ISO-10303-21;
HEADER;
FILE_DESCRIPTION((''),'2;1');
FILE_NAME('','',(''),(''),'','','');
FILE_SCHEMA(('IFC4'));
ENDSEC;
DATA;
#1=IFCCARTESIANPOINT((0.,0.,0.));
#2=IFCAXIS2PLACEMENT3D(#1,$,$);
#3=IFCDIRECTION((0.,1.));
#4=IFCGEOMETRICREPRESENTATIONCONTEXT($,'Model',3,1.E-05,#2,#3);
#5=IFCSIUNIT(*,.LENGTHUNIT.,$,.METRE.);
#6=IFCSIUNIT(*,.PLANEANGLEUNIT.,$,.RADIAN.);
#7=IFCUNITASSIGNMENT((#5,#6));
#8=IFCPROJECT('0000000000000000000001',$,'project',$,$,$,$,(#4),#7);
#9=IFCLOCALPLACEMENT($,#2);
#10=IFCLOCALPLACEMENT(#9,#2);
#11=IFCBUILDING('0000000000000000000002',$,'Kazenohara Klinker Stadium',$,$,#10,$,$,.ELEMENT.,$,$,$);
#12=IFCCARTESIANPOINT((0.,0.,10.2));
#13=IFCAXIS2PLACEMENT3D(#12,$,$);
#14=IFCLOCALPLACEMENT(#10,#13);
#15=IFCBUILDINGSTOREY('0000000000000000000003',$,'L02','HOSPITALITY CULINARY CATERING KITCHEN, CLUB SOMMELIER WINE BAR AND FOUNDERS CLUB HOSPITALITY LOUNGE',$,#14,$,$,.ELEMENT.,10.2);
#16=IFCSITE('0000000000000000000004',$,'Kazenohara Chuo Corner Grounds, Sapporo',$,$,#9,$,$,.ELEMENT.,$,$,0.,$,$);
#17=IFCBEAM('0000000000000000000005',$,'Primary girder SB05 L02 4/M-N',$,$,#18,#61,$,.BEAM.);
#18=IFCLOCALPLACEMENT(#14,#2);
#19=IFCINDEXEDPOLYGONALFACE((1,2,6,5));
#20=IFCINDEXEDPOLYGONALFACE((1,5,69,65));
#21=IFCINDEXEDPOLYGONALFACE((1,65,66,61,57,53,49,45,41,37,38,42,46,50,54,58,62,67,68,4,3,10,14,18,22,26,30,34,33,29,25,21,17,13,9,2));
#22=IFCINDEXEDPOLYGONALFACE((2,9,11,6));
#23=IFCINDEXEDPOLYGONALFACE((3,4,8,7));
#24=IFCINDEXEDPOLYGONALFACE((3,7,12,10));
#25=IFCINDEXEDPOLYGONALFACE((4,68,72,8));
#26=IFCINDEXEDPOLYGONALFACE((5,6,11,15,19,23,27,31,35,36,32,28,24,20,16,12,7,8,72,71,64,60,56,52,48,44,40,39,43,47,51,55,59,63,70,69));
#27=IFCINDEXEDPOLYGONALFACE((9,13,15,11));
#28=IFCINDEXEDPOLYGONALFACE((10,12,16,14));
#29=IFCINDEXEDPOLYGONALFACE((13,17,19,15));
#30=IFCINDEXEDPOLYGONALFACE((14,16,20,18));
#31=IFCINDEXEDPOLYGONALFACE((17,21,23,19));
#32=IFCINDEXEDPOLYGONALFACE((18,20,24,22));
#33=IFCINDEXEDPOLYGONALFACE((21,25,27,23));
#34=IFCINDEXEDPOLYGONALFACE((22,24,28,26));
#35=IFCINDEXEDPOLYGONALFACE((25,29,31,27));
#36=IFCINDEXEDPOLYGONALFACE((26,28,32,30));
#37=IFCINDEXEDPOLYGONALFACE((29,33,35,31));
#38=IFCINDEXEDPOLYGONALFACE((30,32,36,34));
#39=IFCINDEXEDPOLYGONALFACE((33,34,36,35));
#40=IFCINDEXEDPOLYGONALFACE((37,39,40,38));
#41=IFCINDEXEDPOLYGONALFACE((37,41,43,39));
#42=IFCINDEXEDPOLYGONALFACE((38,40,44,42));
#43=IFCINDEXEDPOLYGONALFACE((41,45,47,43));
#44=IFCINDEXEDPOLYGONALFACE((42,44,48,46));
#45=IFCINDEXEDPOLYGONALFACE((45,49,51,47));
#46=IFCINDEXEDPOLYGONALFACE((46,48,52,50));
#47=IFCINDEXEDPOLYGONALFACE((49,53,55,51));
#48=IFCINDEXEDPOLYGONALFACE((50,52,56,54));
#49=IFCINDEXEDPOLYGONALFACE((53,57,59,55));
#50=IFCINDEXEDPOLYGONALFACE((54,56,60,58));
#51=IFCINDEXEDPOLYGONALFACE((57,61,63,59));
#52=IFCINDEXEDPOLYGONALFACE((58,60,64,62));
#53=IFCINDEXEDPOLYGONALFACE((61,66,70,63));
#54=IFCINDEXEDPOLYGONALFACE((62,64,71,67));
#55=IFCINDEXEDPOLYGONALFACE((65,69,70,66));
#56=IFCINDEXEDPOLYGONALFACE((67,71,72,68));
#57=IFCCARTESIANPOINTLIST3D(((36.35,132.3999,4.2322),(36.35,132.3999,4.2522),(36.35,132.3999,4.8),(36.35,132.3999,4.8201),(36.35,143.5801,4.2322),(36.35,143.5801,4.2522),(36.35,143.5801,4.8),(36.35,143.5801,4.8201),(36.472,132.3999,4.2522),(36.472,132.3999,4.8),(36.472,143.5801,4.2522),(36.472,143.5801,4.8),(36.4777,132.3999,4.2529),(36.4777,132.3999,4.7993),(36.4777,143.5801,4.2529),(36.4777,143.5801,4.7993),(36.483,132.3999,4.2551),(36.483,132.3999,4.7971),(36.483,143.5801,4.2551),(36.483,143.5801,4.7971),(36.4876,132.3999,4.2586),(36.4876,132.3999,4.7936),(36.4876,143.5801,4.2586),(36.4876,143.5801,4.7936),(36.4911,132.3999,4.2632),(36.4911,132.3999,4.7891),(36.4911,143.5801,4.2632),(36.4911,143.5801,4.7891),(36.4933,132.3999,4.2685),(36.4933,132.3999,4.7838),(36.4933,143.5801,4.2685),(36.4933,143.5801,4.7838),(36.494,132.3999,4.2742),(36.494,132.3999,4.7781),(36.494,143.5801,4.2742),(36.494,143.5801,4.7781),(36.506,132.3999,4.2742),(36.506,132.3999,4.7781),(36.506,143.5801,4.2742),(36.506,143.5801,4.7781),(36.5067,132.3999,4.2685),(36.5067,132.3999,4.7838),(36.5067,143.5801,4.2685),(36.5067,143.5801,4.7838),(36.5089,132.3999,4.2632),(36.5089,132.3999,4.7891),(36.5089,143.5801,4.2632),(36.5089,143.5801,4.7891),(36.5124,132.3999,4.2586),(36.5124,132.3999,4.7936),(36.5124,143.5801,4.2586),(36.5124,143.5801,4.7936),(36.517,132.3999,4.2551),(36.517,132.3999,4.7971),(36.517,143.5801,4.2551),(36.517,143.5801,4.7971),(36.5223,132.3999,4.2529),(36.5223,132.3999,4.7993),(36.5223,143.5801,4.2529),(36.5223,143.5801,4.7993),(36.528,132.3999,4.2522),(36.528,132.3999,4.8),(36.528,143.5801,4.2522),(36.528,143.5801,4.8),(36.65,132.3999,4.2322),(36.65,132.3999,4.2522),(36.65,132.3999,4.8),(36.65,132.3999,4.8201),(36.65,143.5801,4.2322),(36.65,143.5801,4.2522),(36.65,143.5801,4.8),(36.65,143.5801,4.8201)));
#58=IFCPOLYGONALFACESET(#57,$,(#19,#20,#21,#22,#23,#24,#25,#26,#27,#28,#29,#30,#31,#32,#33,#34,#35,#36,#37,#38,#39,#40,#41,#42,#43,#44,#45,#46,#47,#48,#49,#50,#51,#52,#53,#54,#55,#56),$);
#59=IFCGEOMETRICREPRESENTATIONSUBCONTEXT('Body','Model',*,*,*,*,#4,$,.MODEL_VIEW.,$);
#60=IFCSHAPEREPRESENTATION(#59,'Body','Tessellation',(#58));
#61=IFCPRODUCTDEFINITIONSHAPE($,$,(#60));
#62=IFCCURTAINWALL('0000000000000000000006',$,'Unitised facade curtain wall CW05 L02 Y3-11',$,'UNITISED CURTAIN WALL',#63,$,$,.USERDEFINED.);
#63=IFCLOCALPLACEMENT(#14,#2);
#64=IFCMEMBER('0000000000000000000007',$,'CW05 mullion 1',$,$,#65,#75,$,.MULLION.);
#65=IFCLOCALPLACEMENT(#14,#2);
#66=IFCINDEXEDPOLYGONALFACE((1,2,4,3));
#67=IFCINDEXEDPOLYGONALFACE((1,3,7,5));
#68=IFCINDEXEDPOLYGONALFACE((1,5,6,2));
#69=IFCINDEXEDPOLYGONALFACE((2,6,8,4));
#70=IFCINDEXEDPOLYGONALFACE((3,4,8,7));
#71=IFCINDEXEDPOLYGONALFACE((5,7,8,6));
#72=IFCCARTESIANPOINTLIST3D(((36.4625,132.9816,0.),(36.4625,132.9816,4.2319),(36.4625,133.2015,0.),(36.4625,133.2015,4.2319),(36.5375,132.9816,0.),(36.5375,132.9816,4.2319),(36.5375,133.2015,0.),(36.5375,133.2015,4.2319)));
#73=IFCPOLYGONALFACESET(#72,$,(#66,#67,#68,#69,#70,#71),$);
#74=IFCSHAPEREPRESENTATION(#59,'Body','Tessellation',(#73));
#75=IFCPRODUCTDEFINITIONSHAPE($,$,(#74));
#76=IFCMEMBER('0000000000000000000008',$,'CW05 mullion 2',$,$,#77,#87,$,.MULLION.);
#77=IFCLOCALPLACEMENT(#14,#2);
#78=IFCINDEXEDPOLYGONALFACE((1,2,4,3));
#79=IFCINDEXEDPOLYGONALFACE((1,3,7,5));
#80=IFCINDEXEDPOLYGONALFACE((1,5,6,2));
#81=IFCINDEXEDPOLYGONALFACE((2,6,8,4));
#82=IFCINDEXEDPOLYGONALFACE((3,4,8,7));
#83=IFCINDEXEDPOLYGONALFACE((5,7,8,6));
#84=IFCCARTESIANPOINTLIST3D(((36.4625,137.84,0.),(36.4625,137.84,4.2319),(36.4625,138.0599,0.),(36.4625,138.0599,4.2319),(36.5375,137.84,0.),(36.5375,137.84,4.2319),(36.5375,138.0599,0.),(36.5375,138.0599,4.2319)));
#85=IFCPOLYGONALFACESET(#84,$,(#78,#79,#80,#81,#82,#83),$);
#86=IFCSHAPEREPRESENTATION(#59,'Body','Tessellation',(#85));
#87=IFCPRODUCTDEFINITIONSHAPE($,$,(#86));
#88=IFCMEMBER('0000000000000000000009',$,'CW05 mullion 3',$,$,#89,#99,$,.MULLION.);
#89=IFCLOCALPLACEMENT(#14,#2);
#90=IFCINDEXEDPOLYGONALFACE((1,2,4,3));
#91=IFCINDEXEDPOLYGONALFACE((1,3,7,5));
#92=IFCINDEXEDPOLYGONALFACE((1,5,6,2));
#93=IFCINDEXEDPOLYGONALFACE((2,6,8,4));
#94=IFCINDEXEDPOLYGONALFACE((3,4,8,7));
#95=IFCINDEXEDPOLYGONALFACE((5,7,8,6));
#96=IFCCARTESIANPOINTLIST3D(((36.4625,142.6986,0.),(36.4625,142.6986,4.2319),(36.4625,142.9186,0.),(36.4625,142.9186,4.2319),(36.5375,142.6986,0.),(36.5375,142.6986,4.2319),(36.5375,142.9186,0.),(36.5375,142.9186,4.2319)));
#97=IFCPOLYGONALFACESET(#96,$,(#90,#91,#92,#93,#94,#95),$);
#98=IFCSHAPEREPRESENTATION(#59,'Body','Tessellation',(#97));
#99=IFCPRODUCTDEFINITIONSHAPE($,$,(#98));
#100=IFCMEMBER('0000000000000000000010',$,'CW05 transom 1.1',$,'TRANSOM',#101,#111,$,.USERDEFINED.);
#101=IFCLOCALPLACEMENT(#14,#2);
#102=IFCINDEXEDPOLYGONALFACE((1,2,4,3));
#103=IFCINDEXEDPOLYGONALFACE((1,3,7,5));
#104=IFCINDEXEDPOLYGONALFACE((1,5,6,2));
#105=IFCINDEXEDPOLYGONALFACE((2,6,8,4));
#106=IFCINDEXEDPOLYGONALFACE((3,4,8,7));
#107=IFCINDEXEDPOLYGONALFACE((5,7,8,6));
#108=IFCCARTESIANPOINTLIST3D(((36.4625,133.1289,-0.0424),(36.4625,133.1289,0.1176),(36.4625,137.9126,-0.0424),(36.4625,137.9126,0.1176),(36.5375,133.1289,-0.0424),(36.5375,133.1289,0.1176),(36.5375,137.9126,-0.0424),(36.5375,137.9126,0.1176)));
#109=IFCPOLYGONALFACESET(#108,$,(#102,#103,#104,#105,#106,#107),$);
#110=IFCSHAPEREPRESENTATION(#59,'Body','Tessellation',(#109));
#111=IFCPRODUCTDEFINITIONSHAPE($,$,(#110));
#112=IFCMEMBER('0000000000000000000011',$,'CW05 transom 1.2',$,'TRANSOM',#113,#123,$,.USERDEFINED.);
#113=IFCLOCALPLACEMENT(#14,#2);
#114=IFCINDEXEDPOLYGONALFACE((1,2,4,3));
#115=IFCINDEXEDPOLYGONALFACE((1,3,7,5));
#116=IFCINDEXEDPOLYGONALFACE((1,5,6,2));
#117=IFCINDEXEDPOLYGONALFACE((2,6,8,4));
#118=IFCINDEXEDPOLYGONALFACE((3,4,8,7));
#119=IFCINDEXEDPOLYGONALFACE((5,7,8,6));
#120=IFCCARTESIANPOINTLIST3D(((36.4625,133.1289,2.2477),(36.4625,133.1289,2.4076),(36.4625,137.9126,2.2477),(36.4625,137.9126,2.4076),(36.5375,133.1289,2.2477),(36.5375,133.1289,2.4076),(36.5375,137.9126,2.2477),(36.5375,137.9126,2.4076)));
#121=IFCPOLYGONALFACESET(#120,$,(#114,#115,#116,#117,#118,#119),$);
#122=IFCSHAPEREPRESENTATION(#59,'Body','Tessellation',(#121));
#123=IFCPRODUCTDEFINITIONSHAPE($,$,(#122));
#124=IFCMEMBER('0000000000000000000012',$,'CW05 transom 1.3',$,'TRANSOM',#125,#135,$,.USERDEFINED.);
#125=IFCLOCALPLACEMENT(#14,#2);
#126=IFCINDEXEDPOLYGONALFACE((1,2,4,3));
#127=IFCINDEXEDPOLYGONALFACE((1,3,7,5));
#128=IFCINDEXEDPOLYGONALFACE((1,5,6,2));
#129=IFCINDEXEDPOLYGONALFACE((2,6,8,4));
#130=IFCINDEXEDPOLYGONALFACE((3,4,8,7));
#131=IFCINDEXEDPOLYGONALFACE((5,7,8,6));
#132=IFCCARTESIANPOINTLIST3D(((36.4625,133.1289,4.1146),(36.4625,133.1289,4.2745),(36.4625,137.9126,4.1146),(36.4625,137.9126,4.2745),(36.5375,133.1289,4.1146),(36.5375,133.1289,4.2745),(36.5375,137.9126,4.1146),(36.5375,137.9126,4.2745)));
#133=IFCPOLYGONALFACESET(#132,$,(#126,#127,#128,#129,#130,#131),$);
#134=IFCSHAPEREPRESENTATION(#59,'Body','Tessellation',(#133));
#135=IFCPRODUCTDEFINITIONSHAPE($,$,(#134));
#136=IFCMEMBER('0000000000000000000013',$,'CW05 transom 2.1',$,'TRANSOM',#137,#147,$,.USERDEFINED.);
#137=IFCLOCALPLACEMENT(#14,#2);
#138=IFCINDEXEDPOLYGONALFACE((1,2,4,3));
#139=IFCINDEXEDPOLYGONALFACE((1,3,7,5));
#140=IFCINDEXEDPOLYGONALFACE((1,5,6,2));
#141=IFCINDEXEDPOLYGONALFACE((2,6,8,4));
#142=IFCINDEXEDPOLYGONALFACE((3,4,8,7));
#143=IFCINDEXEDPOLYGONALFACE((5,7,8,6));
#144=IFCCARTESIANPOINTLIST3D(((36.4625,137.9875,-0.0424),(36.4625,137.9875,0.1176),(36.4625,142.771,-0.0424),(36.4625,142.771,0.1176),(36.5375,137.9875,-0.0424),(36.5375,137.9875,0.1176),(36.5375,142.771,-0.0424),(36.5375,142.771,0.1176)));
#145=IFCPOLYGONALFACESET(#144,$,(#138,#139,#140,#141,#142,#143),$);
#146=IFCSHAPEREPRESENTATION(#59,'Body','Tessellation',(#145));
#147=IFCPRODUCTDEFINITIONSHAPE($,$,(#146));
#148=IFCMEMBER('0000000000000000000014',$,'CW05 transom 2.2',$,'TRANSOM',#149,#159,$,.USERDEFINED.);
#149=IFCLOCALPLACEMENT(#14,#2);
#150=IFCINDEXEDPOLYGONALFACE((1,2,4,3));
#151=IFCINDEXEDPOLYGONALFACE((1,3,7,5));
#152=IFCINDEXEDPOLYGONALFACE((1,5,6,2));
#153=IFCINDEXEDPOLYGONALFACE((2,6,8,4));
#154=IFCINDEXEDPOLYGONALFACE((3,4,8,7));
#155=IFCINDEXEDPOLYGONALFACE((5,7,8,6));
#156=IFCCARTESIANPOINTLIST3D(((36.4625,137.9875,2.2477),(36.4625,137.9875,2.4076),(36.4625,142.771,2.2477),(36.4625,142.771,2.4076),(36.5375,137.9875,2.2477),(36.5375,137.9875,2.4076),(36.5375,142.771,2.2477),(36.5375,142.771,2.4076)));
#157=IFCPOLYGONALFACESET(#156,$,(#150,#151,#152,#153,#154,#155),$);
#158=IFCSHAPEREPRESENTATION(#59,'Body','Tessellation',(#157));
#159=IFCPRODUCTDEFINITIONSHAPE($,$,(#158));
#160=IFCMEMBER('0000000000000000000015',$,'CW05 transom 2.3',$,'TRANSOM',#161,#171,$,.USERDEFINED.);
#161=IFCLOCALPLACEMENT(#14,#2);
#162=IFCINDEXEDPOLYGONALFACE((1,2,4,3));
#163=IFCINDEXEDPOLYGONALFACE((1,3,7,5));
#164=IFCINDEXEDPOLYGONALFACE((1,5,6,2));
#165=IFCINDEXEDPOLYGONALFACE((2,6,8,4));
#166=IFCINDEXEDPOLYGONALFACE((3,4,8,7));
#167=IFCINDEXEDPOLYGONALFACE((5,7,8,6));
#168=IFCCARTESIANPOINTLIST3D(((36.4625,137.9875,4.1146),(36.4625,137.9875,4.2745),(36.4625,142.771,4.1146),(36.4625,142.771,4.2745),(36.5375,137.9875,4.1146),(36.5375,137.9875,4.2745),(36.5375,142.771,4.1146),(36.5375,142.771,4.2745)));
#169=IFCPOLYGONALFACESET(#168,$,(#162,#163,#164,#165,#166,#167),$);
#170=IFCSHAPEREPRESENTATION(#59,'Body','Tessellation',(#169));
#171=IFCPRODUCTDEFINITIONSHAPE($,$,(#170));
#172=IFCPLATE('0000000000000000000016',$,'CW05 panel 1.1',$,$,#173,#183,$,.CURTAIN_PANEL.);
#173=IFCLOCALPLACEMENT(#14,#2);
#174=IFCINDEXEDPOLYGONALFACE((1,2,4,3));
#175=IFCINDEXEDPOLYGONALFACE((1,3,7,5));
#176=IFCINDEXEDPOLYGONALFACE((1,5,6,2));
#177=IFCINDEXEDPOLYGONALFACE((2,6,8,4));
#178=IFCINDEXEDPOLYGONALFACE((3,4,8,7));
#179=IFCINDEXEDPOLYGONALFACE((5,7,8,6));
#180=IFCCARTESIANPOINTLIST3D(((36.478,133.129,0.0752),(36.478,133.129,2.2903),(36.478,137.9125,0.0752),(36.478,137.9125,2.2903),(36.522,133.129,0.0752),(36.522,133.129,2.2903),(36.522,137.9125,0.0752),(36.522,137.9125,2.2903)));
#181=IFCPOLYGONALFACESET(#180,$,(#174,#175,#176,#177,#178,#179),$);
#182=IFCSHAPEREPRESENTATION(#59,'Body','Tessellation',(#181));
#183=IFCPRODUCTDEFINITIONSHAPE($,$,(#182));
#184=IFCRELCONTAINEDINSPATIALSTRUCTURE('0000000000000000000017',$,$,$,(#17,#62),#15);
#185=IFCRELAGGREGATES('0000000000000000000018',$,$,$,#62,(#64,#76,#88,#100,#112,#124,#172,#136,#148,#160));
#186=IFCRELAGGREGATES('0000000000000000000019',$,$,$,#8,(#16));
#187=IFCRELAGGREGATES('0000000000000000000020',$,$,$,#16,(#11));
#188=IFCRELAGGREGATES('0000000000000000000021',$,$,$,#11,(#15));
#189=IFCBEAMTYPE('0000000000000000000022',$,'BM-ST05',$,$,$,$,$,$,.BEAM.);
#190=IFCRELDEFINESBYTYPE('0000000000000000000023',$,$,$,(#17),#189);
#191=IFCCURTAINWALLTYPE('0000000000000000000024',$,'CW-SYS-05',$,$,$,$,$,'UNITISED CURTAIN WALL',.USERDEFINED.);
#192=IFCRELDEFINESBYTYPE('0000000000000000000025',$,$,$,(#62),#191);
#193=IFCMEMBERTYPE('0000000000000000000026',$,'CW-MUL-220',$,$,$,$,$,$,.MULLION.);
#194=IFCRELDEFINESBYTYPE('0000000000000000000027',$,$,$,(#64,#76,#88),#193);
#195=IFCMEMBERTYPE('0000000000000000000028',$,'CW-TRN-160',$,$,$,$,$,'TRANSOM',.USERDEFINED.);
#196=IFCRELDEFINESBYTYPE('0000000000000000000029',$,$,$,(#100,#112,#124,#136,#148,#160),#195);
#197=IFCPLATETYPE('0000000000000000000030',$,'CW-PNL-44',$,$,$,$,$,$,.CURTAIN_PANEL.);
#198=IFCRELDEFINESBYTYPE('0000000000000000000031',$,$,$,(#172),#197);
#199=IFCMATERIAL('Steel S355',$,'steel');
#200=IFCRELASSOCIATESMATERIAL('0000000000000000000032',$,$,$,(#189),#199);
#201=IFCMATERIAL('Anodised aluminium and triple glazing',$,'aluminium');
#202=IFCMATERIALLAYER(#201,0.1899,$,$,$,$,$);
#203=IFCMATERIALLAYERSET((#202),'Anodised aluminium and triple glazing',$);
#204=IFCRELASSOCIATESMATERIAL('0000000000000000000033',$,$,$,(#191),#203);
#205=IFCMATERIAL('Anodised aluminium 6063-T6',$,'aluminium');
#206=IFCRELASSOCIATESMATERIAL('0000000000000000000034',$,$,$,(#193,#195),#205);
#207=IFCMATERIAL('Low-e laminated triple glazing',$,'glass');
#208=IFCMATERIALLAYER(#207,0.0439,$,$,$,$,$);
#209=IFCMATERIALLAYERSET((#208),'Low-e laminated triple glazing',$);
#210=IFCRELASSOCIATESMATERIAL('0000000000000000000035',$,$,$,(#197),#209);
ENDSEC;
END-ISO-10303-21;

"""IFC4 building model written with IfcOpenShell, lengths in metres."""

from ifc_helpers import new_model, si_unit, direction, frame, origin, origin_2d, place, context, subcontext, project, spatial, rectangle, i_section, extrude, material, layer, layer_set, material_profile, profile_set, type_object, element, aggregate, save


model = new_model("IFC4")

# Units and contexts
model_context = context("Model", 3, precision=1e-05, world=origin(), true_north=direction((0.0, 1.0)))
body_context = subcontext(model_context, "Body", "Model", "MODEL_VIEW")
ifc_project = project(units=[si_unit("LENGTHUNIT", "METRE"), si_unit("PLANEANGLEUNIT", "RADIAN")], contexts=[model_context])

# Site, building, storey
site_placement = place(None, origin())
site = spatial("IfcSite", under=ifc_project, at=site_placement, Name="Kazenohara Chuo Corner Grounds, Sapporo", CompositionType="ELEMENT", RefElevation=0.0)
building_placement = place(site_placement, origin())
building = spatial("IfcBuilding", under=site, at=building_placement, Name="Kazenohara Klinker Stadium", CompositionType="ELEMENT")
storey_placement = place(building_placement, frame((0.0, 0.0, 10.2)))
storey = spatial("IfcBuildingStorey", under=building, at=storey_placement, Name="L02", Description="HOSPITALITY CULINARY CATERING KITCHEN, CLUB SOMMELIER WINE BAR AND FOUNDERS CLUB HOSPITALITY LOUNGE", CompositionType="ELEMENT", Elevation=10.2)

# Beam
ifc_material_1 = material(Name="Steel S355", Category="steel")
ifc_material_profile_1 = material_profile(ifc_material_1, i_section(OverallWidth=0.3, OverallDepth=0.5879, WebThickness=0.012, FlangeThickness=0.02, FilletRadius=0.022, at=origin_2d()), Name="H-588x300x12x20")
ifc_profile_set_1 = profile_set([ifc_material_profile_1], Name="Steel S355")
beam_type = type_object("IfcBeamType", Name="BM-ST05", PredefinedType="BEAM", material=ifc_profile_set_1)
beam_placement = place(storey_placement, frame((36.5, 132.3999, 4.5261), z_axis=(0.0, 1.0, 0.0), x_axis=(-1.0, 0.0, 0.0)))
element("IfcBeam", 1, at=beam_placement, inside=storey, type_object=beam_type, Name="Primary girder SB05 L02 4/M-N", PredefinedType="BEAM", context=body_context, shape_type="SweptSolid", body=[
    extrude(i_section(OverallWidth=0.3, OverallDepth=0.5879, WebThickness=0.012, FlangeThickness=0.02, FilletRadius=0.022, at=origin_2d()), origin(), (0.0, 0.0, 1.0), 11.1802),
])

# Curtain wall, members, plate
ifc_material_2 = material(Name="Anodised aluminium and triple glazing", Category="aluminium")
ifc_layer_1 = layer(ifc_material_2, 0.1899)
ifc_layer_set_1 = layer_set([ifc_layer_1], Name="Anodised aluminium and triple glazing")
curtain_wall_type = type_object("IfcCurtainWallType", Name="CW-SYS-05", ElementType="UNITISED CURTAIN WALL", PredefinedType="USERDEFINED", material=ifc_layer_set_1)
curtain_wall_placement = place(storey_placement, origin())
curtain_wall = element("IfcCurtainWall", 2, at=curtain_wall_placement, inside=storey, type_object=curtain_wall_type, Name="Unitised facade curtain wall CW05 L02 Y3-11", ObjectType="UNITISED CURTAIN WALL", PredefinedType="USERDEFINED")
ifc_material_3 = material(Name="Anodised aluminium 6063-T6", Category="aluminium")
ifc_material_profile_2 = material_profile(ifc_material_3, rectangle(XDim=0.075, YDim=0.22, at=origin_2d()), Name="ALU-MUL-75x220")
ifc_profile_set_2 = profile_set([ifc_material_profile_2], Name="Anodised aluminium 6063-T6")
member_type_1 = type_object("IfcMemberType", Name="CW-MUL-220", PredefinedType="MULLION", material=ifc_profile_set_2)
member_1_placement = place(storey_placement, frame((36.5, 133.0916, 0.0), z_axis=(0.0, 0.0, 1.0), x_axis=(-1.0, 0.0, 0.0)))
member_1 = element("IfcMember", 3, at=member_1_placement, type_object=member_type_1, Name="CW05 mullion 1", PredefinedType="MULLION", context=body_context, shape_type="SweptSolid", body=[
    extrude(rectangle(XDim=0.075, YDim=0.22, at=origin_2d()), origin(), (0.0, 0.0, 1.0), 4.2319),
])
member_2_placement = place(storey_placement, frame((36.5, 137.95, 0.0), z_axis=(0.0, 0.0, 1.0), x_axis=(-1.0, 0.0, 0.0)))
member_2 = element("IfcMember", 4, at=member_2_placement, type_object=member_type_1, Name="CW05 mullion 2", PredefinedType="MULLION", context=body_context, shape_type="SweptSolid", body=[
    extrude(rectangle(XDim=0.075, YDim=0.22, at=origin_2d()), origin(), (0.0, 0.0, 1.0), 4.2319),
])
member_3_placement = place(storey_placement, frame((36.5, 142.8086, 0.0), z_axis=(0.0, 0.0, 1.0), x_axis=(-1.0, 0.0, 0.0)))
member_3 = element("IfcMember", 5, at=member_3_placement, type_object=member_type_1, Name="CW05 mullion 3", PredefinedType="MULLION", context=body_context, shape_type="SweptSolid", body=[
    extrude(rectangle(XDim=0.075, YDim=0.22, at=origin_2d()), origin(), (0.0, 0.0, 1.0), 4.2319),
])
ifc_material_profile_3 = material_profile(ifc_material_3, rectangle(XDim=0.075, YDim=0.1599, at=origin_2d()), Name="ALU-TRN-75x160")
ifc_profile_set_3 = profile_set([ifc_material_profile_3], Name="Anodised aluminium 6063-T6")
member_type_2 = type_object("IfcMemberType", Name="CW-TRN-160", ElementType="TRANSOM", PredefinedType="USERDEFINED", material=ifc_profile_set_3)
member_4_placement = place(storey_placement, frame((36.5, 133.1289, 0.0376), z_axis=(0.0, 1.0, 0.0), x_axis=(-1.0, 0.0, 0.0)))
member_4 = element("IfcMember", 6, at=member_4_placement, type_object=member_type_2, Name="CW05 transom 1.1", ObjectType="TRANSOM", PredefinedType="USERDEFINED", context=body_context, shape_type="SweptSolid", body=[
    extrude(rectangle(XDim=0.075, YDim=0.1599, at=origin_2d()), origin(), (0.0, 0.0, 1.0), 4.7837),
])
member_5_placement = place(storey_placement, frame((36.5, 133.1289, 2.3276), z_axis=(0.0, 1.0, 0.0), x_axis=(-1.0, 0.0, 0.0)))
member_5 = element("IfcMember", 7, at=member_5_placement, type_object=member_type_2, Name="CW05 transom 1.2", ObjectType="TRANSOM", PredefinedType="USERDEFINED", context=body_context, shape_type="SweptSolid", body=[
    extrude(rectangle(XDim=0.075, YDim=0.1599, at=origin_2d()), origin(), (0.0, 0.0, 1.0), 4.7837),
])
member_6_placement = place(storey_placement, frame((36.5, 133.1289, 4.1946), z_axis=(0.0, 1.0, 0.0), x_axis=(-1.0, 0.0, 0.0)))
member_6 = element("IfcMember", 8, at=member_6_placement, type_object=member_type_2, Name="CW05 transom 1.3", ObjectType="TRANSOM", PredefinedType="USERDEFINED", context=body_context, shape_type="SweptSolid", body=[
    extrude(rectangle(XDim=0.075, YDim=0.1599, at=origin_2d()), origin(), (0.0, 0.0, 1.0), 4.7837),
])
member_7_placement = place(storey_placement, frame((36.5, 137.9875, 0.0376), z_axis=(0.0, 1.0, 0.0), x_axis=(-1.0, 0.0, 0.0)))
member_7 = element("IfcMember", 9, at=member_7_placement, type_object=member_type_2, Name="CW05 transom 2.1", ObjectType="TRANSOM", PredefinedType="USERDEFINED", context=body_context, shape_type="SweptSolid", body=[
    extrude(rectangle(XDim=0.075, YDim=0.1599, at=origin_2d()), origin(), (0.0, 0.0, 1.0), 4.7834),
])
member_8_placement = place(storey_placement, frame((36.5, 137.9875, 2.3276), z_axis=(0.0, 1.0, 0.0), x_axis=(-1.0, 0.0, 0.0)))
member_8 = element("IfcMember", 10, at=member_8_placement, type_object=member_type_2, Name="CW05 transom 2.2", ObjectType="TRANSOM", PredefinedType="USERDEFINED", context=body_context, shape_type="SweptSolid", body=[
    extrude(rectangle(XDim=0.075, YDim=0.1599, at=origin_2d()), origin(), (0.0, 0.0, 1.0), 4.7834),
])
member_9_placement = place(storey_placement, frame((36.5, 137.9875, 4.1946), z_axis=(0.0, 1.0, 0.0), x_axis=(-1.0, 0.0, 0.0)))
member_9 = element("IfcMember", 11, at=member_9_placement, type_object=member_type_2, Name="CW05 transom 2.3", ObjectType="TRANSOM", PredefinedType="USERDEFINED", context=body_context, shape_type="SweptSolid", body=[
    extrude(rectangle(XDim=0.075, YDim=0.1599, at=origin_2d()), origin(), (0.0, 0.0, 1.0), 4.7834),
])
ifc_material_4 = material(Name="Low-e laminated triple glazing", Category="glass")
ifc_layer_2 = layer(ifc_material_4, 0.0439)
ifc_layer_set_2 = layer_set([ifc_layer_2], Name="Low-e laminated triple glazing")
plate_type = type_object("IfcPlateType", Name="CW-PNL-44", PredefinedType="CURTAIN_PANEL", material=ifc_layer_set_2)
plate_1_placement = place(storey_placement, frame((36.5, 135.5208, 0.0752), z_axis=(0.0, 0.0, 1.0), x_axis=(0.0, 1.0, 0.0)))
plate_1 = element("IfcPlate", 12, at=plate_1_placement, type_object=plate_type, Name="CW05 panel 1.1", PredefinedType="CURTAIN_PANEL", context=body_context, shape_type="SweptSolid", body=[
    extrude(rectangle(XDim=4.7834, YDim=0.0439, at=origin_2d()), origin(), (0.0, 0.0, 1.0), 2.2151),
])
aggregate(curtain_wall, [member_1, member_2, member_3, member_4, member_5, member_6, plate_1, member_7, member_8, member_9])

save(model, "model.ifc")
